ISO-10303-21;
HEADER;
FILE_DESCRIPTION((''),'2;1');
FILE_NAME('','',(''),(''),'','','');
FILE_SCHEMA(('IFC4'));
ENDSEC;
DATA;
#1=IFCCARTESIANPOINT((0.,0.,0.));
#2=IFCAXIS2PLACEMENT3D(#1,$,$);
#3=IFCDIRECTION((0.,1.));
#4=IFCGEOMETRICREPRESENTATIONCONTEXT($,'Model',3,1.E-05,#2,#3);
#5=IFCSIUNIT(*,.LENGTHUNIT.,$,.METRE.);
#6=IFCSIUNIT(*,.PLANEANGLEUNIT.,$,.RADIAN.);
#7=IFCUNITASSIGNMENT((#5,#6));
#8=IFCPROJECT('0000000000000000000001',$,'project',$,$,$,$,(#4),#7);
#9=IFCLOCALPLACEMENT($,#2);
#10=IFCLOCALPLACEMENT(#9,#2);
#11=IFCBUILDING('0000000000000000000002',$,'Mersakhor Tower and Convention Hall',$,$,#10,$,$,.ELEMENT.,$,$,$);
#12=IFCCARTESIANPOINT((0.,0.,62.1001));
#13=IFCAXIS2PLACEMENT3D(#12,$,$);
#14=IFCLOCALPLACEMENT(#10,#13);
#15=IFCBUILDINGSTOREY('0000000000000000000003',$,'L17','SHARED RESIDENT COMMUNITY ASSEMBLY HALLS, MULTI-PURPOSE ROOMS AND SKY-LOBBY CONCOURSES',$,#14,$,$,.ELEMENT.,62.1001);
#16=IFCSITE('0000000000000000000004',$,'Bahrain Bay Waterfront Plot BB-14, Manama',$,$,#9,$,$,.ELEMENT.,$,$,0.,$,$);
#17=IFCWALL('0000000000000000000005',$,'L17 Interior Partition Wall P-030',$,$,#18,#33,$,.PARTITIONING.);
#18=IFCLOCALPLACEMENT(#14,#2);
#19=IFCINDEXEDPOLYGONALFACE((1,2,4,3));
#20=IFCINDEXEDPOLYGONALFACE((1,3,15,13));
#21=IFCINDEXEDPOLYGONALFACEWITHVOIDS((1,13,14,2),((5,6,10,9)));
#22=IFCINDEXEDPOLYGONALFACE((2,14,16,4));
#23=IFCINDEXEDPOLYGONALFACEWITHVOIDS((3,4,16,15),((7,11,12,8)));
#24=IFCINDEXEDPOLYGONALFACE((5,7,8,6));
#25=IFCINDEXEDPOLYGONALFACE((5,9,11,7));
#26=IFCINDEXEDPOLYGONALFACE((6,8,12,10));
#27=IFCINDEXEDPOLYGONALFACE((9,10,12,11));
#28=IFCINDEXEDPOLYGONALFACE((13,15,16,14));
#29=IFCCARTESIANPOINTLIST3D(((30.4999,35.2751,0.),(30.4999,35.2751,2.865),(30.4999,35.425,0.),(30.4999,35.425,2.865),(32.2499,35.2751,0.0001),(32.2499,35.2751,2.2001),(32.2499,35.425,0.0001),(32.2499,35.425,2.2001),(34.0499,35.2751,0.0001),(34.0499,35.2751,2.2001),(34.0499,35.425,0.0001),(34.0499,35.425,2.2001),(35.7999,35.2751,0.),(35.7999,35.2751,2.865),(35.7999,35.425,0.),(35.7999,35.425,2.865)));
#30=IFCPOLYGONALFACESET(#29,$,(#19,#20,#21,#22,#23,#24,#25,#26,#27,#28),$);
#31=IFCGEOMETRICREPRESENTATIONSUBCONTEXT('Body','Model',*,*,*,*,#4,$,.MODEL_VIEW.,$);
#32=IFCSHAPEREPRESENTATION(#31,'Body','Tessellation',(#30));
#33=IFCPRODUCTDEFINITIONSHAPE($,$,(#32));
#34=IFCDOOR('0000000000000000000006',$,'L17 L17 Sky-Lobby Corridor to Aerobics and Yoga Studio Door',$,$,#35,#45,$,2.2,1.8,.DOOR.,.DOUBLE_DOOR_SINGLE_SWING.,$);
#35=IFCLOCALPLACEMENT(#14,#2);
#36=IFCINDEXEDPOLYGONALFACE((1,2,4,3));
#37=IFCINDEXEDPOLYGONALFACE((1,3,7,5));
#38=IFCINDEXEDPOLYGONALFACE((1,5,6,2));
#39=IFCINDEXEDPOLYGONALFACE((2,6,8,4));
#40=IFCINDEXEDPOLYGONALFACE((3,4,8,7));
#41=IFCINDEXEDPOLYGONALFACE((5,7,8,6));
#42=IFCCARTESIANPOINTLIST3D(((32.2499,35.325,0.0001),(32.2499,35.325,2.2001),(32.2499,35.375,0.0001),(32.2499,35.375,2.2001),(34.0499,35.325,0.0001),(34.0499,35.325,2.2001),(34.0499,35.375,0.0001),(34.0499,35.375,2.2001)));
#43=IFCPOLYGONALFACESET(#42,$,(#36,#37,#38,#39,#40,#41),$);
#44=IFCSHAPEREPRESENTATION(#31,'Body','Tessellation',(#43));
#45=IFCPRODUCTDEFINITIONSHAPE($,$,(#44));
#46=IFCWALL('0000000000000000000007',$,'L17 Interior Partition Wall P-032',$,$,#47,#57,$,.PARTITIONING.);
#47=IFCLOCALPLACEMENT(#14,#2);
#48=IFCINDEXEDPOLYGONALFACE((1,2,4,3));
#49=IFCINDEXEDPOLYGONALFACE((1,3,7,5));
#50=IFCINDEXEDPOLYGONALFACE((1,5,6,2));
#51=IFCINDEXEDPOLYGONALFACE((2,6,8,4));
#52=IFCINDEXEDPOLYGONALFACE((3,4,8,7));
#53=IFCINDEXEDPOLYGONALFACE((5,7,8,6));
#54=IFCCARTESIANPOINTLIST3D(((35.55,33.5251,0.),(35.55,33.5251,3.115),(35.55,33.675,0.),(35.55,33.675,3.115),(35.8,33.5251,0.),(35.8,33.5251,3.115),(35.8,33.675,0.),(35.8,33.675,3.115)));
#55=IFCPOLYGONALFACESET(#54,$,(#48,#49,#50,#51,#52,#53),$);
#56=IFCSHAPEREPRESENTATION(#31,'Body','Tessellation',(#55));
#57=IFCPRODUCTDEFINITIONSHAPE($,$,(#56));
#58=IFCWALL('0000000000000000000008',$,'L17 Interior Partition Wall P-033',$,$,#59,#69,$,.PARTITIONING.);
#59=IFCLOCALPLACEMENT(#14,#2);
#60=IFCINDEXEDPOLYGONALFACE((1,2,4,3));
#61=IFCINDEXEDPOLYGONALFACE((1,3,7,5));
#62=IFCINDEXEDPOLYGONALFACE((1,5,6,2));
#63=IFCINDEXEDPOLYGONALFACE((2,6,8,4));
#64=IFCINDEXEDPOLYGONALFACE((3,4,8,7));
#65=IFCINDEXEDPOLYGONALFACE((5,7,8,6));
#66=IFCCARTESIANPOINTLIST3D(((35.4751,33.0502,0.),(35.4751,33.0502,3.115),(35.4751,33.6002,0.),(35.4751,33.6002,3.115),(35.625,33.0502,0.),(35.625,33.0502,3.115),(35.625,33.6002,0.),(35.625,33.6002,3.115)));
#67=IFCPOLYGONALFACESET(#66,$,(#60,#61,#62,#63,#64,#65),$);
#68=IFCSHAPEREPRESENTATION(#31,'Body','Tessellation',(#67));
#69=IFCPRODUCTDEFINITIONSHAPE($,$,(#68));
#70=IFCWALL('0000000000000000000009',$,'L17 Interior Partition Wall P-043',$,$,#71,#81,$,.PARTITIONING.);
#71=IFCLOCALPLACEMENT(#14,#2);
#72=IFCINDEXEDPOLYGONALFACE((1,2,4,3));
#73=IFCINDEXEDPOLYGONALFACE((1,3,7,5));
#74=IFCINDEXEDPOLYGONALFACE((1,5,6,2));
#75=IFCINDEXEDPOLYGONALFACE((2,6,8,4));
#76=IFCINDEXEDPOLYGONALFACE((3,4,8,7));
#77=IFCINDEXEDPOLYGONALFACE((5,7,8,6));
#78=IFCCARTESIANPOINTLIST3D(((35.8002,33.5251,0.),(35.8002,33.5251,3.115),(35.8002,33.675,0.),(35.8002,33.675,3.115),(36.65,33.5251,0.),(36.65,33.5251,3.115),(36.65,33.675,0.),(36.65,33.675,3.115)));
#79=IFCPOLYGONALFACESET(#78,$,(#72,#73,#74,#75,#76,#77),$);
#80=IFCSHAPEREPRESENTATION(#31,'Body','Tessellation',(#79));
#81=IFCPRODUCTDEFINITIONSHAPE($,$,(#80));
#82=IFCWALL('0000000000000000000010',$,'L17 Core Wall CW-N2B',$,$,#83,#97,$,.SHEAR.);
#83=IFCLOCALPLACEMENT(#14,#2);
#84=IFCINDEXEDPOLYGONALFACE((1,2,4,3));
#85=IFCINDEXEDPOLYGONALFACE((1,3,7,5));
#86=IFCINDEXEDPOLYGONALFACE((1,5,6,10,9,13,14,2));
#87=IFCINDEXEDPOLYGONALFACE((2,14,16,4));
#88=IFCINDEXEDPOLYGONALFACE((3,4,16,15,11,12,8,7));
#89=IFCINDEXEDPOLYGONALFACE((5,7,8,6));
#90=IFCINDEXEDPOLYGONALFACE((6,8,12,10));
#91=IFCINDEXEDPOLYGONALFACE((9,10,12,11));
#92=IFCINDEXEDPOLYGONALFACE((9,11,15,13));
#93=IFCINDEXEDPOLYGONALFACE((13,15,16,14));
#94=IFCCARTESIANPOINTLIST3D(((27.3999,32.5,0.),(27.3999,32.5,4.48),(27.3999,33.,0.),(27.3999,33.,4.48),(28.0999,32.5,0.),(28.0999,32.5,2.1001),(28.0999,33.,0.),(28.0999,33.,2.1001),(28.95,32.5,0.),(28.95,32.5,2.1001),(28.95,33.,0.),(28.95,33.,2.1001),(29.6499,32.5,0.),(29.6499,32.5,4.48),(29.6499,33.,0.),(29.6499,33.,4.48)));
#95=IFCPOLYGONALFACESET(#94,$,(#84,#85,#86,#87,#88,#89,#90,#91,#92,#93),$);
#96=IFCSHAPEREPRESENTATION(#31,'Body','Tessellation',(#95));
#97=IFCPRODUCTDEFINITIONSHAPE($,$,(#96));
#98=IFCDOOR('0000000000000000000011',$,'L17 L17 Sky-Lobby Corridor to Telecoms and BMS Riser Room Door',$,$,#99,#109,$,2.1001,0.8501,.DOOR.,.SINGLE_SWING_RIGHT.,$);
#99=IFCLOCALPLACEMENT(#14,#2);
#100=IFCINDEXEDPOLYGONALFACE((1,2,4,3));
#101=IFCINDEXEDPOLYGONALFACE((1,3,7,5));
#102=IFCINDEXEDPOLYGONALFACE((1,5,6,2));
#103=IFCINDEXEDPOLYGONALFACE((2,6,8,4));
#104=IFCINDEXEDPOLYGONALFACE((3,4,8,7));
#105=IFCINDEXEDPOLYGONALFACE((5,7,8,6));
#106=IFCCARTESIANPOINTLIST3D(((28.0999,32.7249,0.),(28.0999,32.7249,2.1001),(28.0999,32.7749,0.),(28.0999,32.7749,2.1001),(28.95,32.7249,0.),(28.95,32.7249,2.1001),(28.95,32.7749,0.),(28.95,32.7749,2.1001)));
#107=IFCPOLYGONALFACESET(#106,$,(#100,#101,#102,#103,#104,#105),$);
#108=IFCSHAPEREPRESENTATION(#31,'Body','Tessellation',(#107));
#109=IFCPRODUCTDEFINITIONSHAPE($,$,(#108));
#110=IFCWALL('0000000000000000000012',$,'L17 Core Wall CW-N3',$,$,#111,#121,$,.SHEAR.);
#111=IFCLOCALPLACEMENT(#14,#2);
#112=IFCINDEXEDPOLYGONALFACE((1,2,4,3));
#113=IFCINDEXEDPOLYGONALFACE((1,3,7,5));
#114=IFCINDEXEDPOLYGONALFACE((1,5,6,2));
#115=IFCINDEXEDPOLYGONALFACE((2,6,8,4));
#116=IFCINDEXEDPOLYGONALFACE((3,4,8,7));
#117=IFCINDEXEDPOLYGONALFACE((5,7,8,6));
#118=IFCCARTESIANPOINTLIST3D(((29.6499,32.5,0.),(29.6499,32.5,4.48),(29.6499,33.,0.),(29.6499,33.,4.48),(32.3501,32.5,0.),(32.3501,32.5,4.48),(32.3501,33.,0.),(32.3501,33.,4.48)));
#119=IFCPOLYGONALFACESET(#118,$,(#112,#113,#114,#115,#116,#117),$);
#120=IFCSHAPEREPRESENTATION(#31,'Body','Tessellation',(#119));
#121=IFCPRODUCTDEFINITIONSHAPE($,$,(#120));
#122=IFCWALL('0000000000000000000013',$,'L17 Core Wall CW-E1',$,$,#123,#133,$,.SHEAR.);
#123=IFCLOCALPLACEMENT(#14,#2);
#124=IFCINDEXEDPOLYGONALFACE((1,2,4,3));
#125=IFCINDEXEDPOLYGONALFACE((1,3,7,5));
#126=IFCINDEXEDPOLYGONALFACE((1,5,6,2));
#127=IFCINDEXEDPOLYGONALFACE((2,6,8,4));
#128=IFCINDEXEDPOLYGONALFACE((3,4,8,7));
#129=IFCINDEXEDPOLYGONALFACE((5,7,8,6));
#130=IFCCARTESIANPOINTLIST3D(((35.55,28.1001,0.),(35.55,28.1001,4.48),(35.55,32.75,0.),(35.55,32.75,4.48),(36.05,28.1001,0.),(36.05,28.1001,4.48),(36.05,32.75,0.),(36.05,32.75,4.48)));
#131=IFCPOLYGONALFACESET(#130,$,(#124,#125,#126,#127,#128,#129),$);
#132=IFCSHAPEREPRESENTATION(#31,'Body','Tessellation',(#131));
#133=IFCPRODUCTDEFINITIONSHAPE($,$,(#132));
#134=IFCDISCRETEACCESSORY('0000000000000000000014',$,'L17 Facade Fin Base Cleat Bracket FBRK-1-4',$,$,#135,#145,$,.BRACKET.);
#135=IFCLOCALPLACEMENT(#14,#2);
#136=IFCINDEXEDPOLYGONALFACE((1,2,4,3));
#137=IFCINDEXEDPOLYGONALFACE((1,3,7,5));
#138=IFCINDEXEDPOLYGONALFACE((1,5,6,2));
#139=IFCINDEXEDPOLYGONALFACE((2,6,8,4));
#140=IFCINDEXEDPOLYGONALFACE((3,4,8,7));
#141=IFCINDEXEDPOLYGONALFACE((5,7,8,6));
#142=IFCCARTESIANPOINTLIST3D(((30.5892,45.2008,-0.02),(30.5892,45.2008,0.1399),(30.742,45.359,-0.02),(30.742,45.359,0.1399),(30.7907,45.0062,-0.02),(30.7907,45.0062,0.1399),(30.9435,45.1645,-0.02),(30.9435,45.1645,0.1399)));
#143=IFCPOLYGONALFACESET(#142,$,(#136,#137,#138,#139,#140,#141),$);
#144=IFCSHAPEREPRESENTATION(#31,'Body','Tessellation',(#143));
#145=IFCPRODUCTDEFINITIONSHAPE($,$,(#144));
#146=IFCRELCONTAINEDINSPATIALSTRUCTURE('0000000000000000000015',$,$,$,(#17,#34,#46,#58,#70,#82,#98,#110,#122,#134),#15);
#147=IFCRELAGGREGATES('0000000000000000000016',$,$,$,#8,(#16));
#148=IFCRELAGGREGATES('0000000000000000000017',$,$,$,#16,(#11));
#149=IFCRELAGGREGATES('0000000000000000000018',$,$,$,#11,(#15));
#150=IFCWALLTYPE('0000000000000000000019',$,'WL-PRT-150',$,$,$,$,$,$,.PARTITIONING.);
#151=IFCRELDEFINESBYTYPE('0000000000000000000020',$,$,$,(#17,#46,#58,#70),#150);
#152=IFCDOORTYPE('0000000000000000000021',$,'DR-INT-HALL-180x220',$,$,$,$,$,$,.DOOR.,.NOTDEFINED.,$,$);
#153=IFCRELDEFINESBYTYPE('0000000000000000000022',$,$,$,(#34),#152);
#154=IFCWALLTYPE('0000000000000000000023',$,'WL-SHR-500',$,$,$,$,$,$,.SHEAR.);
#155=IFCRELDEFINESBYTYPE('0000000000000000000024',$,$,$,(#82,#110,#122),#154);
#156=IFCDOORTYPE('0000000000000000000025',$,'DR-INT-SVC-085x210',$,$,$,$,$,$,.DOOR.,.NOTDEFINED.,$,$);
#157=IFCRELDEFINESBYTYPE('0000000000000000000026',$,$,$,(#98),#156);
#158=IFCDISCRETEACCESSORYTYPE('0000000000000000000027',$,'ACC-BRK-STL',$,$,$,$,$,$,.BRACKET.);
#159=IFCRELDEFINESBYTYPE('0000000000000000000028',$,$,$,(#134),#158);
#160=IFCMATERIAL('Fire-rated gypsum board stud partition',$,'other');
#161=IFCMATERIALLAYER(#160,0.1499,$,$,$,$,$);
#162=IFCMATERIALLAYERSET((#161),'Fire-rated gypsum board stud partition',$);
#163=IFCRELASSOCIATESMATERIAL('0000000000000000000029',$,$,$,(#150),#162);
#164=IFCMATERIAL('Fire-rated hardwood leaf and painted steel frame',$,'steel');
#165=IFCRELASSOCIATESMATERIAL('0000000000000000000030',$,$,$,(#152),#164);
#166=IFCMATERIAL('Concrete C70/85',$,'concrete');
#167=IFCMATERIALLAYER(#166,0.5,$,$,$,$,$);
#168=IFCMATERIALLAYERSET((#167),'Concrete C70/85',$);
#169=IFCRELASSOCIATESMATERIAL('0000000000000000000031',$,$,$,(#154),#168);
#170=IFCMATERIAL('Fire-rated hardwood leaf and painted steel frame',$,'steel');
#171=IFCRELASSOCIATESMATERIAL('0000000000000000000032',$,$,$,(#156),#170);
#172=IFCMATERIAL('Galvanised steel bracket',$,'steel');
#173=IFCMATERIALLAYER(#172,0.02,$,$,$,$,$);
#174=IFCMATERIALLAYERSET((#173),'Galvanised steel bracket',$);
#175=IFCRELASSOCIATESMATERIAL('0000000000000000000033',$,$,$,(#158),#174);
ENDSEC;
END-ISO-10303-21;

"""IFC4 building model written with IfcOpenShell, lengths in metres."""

from ifc_helpers import new_model, si_unit, direction, frame, frame_2d, origin, origin_2d, place, context, subcontext, project, spatial, rectangle, extrude, material, layer, layer_set, type_object, element, fill, save


model = new_model("IFC4")

# Units and contexts
model_context = context("Model", 3, precision=1e-05, world=origin(), true_north=direction((0.0, 1.0)))
body_context = subcontext(model_context, "Body", "Model", "MODEL_VIEW")
ifc_project = project(units=[si_unit("LENGTHUNIT", "METRE"), si_unit("PLANEANGLEUNIT", "RADIAN")], contexts=[model_context])

# Site, building, storey
site_placement = place(None, origin())
site = spatial("IfcSite", under=ifc_project, at=site_placement, Name="Bahrain Bay Waterfront Plot BB-14, Manama", CompositionType="ELEMENT", RefElevation=0.0)
building_placement = place(site_placement, origin())
building = spatial("IfcBuilding", under=site, at=building_placement, Name="Mersakhor Tower and Convention Hall", CompositionType="ELEMENT")
storey_placement = place(building_placement, frame((0.0, 0.0, 62.1001)))
storey = spatial("IfcBuildingStorey", under=building, at=storey_placement, Name="L17", Description="SHARED RESIDENT COMMUNITY ASSEMBLY HALLS, MULTI-PURPOSE ROOMS AND SKY-LOBBY CONCOURSES", CompositionType="ELEMENT", Elevation=62.1001)

# Wall, opening, door
ifc_material_1 = material(Name="Fire-rated gypsum board stud partition", Category="other")
ifc_layer_1 = layer(ifc_material_1, 0.1499)
ifc_layer_set_1 = layer_set([ifc_layer_1], Name="Fire-rated gypsum board stud partition")
wall_type_1 = type_object("IfcWallType", Name="WL-PRT-150", PredefinedType="PARTITIONING", material=ifc_layer_set_1)
wall_1_placement = place(storey_placement, frame((30.5, 35.3501, 0.0), z_axis=(0.0, 0.0, 1.0), x_axis=(1.0, 0.0, 0.0)))
wall_1 = element("IfcWall", 1, at=wall_1_placement, inside=storey, type_object=wall_type_1, Name="L17 Interior Partition Wall P-030", PredefinedType="PARTITIONING", context=body_context, shape_type="SweptSolid", body=[
    extrude(rectangle(XDim=5.3, YDim=0.1499, at=frame_2d((2.6499, 0.0))), origin(), (0.0, 0.0, 1.0), 2.865),
])
opening_1_placement = place(wall_1_placement, frame((1.75, 0.0, 0.0)))
opening_1 = element("IfcOpeningElement", 2, at=opening_1_placement, cuts=wall_1, PredefinedType="OPENING", context=body_context, shape_type="SweptSolid", body=[
    extrude(rectangle(XDim=1.8, YDim=2.2, at=frame_2d((0.8999, 1.1001))), frame((0.0, 0.085, 0.0), z_axis=(0.0, -1.0, 0.0), x_axis=(1.0, 0.0, 0.0)), (0.0, 0.0, 1.0), 0.1699),
])
ifc_material_2 = material(Name="Fire-rated hardwood leaf and painted steel frame", Category="steel")
door_type_1 = type_object("IfcDoorType", Name="DR-INT-HALL-180x220", OperationType="NOTDEFINED", PredefinedType="DOOR", material=ifc_material_2)
door_1_placement = place(opening_1_placement, origin())
door_1 = element("IfcDoor", 3, at=door_1_placement, inside=storey, type_object=door_type_1, Name="L17 L17 Sky-Lobby Corridor to Aerobics and Yoga Studio Door", OperationType="DOUBLE_DOOR_SINGLE_SWING", OverallHeight=2.2, OverallWidth=1.8, PredefinedType="DOOR", context=body_context, shape_type="SweptSolid", body=[
    extrude(rectangle(XDim=1.8, YDim=2.2, at=frame_2d((0.8999, 1.1001))), frame((0.0, 0.0249, 0.0), z_axis=(0.0, -1.0, 0.0), x_axis=(1.0, 0.0, 0.0)), (0.0, 0.0, 1.0), 0.05),
])
fill(opening_1, door_1)

# Walls
wall_2_placement = place(storey_placement, frame((35.8, 33.6001, 0.0), z_axis=(0.0, 0.0, 1.0), x_axis=(-1.0, 0.0, 0.0)))
element("IfcWall", 4, at=wall_2_placement, inside=storey, type_object=wall_type_1, Name="L17 Interior Partition Wall P-032", PredefinedType="PARTITIONING", context=body_context, shape_type="SweptSolid", body=[
    extrude(rectangle(XDim=0.25, YDim=0.1499, at=frame_2d((0.125, 0.0))), origin(), (0.0, 0.0, 1.0), 3.115),
])
wall_3_placement = place(storey_placement, frame((35.55, 33.6001, 0.0), z_axis=(0.0, 0.0, 1.0), x_axis=(0.0, -1.0, 0.0)))
element("IfcWall", 5, at=wall_3_placement, inside=storey, type_object=wall_type_1, Name="L17 Interior Partition Wall P-033", PredefinedType="PARTITIONING", context=body_context, shape_type="SweptSolid", body=[
    extrude(rectangle(XDim=0.55, YDim=0.1499, at=frame_2d((0.2749, 0.0))), origin(), (0.0, 0.0, 1.0), 3.115),
])
wall_4_placement = place(storey_placement, frame((36.6499, 33.6001, 0.0), z_axis=(0.0, 0.0, 1.0), x_axis=(-1.0, 0.0, 0.0)))
element("IfcWall", 6, at=wall_4_placement, inside=storey, type_object=wall_type_1, Name="L17 Interior Partition Wall P-043", PredefinedType="PARTITIONING", context=body_context, shape_type="SweptSolid", body=[
    extrude(rectangle(XDim=0.8499, YDim=0.1499, at=frame_2d((0.4248, 0.0))), origin(), (0.0, 0.0, 1.0), 3.115),
])

# Wall, opening, door
ifc_material_3 = material(Name="Concrete C70/85", Category="concrete")
ifc_layer_2 = layer(ifc_material_3, 0.5)
ifc_layer_set_2 = layer_set([ifc_layer_2], Name="Concrete C70/85")
wall_type_2 = type_object("IfcWallType", Name="WL-SHR-500", PredefinedType="SHEAR", material=ifc_layer_set_2)
wall_5_placement = place(storey_placement, frame((27.3999, 32.75, 0.0), z_axis=(0.0, 0.0, 1.0), x_axis=(1.0, 0.0, 0.0)))
wall_5 = element("IfcWall", 7, at=wall_5_placement, inside=storey, type_object=wall_type_2, Name="L17 Core Wall CW-N2B", PredefinedType="SHEAR", context=body_context, shape_type="SweptSolid", body=[
    extrude(rectangle(XDim=2.25, YDim=0.5, at=frame_2d((1.125, 0.0))), origin(), (0.0, 0.0, 1.0), 4.48),
])
opening_2_placement = place(wall_5_placement, frame((0.7, 0.0, 0.0)))
opening_2 = element("IfcOpeningElement", 8, at=opening_2_placement, cuts=wall_5, PredefinedType="OPENING", context=body_context, shape_type="SweptSolid", body=[
    extrude(rectangle(XDim=0.8501, YDim=2.1001, at=frame_2d((0.425, 1.05))), frame((0.0, 0.26, 0.0), z_axis=(0.0, -1.0, 0.0), x_axis=(1.0, 0.0, 0.0)), (0.0, 0.0, 1.0), 0.52),
])
ifc_material_4 = material(Name="Fire-rated hardwood leaf and painted steel frame", Category="steel")
door_type_2 = type_object("IfcDoorType", Name="DR-INT-SVC-085x210", OperationType="NOTDEFINED", PredefinedType="DOOR", material=ifc_material_4)
door_2_placement = place(opening_2_placement, origin())
door_2 = element("IfcDoor", 9, at=door_2_placement, inside=storey, type_object=door_type_2, Name="L17 L17 Sky-Lobby Corridor to Telecoms and BMS Riser Room Door", OperationType="SINGLE_SWING_RIGHT", OverallHeight=2.1001, OverallWidth=0.8501, PredefinedType="DOOR", context=body_context, shape_type="SweptSolid", body=[
    extrude(rectangle(XDim=0.8501, YDim=2.1001, at=frame_2d((0.425, 1.05))), frame((0.0, 0.0249, 0.0), z_axis=(0.0, -1.0, 0.0), x_axis=(1.0, 0.0, 0.0)), (0.0, 0.0, 1.0), 0.05),
])
fill(opening_2, door_2)

# Wall
wall_6_placement = place(storey_placement, frame((29.6499, 32.75, 0.0), z_axis=(0.0, 0.0, 1.0), x_axis=(1.0, 0.0, 0.0)))
element("IfcWall", 10, at=wall_6_placement, inside=storey, type_object=wall_type_2, Name="L17 Core Wall CW-N3", PredefinedType="SHEAR", context=body_context, shape_type="SweptSolid", body=[
    extrude(rectangle(XDim=2.7002, YDim=0.5, at=frame_2d((1.3501, 0.0))), origin(), (0.0, 0.0, 1.0), 4.48),
])

# Wall
wall_7_placement = place(storey_placement, frame((35.8, 32.75, 0.0), z_axis=(0.0, 0.0, 1.0), x_axis=(0.0, -1.0, 0.0)))
element("IfcWall", 11, at=wall_7_placement, inside=storey, type_object=wall_type_2, Name="L17 Core Wall CW-E1", PredefinedType="SHEAR", context=body_context, shape_type="SweptSolid", body=[
    extrude(rectangle(XDim=4.6499, YDim=0.5, at=frame_2d((2.325, 0.0))), origin(), (0.0, 0.0, 1.0), 4.48),
])

# Discrete accessory
ifc_material_5 = material(Name="Galvanised steel bracket", Category="steel")
ifc_layer_3 = layer(ifc_material_5, 0.02)
ifc_layer_set_3 = layer_set([ifc_layer_3], Name="Galvanised steel bracket")
discrete_accessory_type = type_object("IfcDiscreteAccessoryType", Name="ACC-BRK-STL", PredefinedType="BRACKET", material=ifc_layer_set_3)
discrete_accessory_placement = place(storey_placement, frame((30.7664, 45.1826, -0.02), z_axis=(0.0, 0.0, 1.0), x_axis=(-0.71934, 0.694658, 0.0)))
element("IfcDiscreteAccessory", 12, at=discrete_accessory_placement, inside=storey, type_object=discrete_accessory_type, Name="L17 Facade Fin Base Cleat Bracket FBRK-1-4", PredefinedType="BRACKET", context=body_context, shape_type="SweptSolid", body=[
    extrude(rectangle(XDim=0.28, YDim=0.22, at=origin_2d()), origin(), (0.0, 0.0, 1.0), 0.1599),
])

save(model, "model.ifc")
